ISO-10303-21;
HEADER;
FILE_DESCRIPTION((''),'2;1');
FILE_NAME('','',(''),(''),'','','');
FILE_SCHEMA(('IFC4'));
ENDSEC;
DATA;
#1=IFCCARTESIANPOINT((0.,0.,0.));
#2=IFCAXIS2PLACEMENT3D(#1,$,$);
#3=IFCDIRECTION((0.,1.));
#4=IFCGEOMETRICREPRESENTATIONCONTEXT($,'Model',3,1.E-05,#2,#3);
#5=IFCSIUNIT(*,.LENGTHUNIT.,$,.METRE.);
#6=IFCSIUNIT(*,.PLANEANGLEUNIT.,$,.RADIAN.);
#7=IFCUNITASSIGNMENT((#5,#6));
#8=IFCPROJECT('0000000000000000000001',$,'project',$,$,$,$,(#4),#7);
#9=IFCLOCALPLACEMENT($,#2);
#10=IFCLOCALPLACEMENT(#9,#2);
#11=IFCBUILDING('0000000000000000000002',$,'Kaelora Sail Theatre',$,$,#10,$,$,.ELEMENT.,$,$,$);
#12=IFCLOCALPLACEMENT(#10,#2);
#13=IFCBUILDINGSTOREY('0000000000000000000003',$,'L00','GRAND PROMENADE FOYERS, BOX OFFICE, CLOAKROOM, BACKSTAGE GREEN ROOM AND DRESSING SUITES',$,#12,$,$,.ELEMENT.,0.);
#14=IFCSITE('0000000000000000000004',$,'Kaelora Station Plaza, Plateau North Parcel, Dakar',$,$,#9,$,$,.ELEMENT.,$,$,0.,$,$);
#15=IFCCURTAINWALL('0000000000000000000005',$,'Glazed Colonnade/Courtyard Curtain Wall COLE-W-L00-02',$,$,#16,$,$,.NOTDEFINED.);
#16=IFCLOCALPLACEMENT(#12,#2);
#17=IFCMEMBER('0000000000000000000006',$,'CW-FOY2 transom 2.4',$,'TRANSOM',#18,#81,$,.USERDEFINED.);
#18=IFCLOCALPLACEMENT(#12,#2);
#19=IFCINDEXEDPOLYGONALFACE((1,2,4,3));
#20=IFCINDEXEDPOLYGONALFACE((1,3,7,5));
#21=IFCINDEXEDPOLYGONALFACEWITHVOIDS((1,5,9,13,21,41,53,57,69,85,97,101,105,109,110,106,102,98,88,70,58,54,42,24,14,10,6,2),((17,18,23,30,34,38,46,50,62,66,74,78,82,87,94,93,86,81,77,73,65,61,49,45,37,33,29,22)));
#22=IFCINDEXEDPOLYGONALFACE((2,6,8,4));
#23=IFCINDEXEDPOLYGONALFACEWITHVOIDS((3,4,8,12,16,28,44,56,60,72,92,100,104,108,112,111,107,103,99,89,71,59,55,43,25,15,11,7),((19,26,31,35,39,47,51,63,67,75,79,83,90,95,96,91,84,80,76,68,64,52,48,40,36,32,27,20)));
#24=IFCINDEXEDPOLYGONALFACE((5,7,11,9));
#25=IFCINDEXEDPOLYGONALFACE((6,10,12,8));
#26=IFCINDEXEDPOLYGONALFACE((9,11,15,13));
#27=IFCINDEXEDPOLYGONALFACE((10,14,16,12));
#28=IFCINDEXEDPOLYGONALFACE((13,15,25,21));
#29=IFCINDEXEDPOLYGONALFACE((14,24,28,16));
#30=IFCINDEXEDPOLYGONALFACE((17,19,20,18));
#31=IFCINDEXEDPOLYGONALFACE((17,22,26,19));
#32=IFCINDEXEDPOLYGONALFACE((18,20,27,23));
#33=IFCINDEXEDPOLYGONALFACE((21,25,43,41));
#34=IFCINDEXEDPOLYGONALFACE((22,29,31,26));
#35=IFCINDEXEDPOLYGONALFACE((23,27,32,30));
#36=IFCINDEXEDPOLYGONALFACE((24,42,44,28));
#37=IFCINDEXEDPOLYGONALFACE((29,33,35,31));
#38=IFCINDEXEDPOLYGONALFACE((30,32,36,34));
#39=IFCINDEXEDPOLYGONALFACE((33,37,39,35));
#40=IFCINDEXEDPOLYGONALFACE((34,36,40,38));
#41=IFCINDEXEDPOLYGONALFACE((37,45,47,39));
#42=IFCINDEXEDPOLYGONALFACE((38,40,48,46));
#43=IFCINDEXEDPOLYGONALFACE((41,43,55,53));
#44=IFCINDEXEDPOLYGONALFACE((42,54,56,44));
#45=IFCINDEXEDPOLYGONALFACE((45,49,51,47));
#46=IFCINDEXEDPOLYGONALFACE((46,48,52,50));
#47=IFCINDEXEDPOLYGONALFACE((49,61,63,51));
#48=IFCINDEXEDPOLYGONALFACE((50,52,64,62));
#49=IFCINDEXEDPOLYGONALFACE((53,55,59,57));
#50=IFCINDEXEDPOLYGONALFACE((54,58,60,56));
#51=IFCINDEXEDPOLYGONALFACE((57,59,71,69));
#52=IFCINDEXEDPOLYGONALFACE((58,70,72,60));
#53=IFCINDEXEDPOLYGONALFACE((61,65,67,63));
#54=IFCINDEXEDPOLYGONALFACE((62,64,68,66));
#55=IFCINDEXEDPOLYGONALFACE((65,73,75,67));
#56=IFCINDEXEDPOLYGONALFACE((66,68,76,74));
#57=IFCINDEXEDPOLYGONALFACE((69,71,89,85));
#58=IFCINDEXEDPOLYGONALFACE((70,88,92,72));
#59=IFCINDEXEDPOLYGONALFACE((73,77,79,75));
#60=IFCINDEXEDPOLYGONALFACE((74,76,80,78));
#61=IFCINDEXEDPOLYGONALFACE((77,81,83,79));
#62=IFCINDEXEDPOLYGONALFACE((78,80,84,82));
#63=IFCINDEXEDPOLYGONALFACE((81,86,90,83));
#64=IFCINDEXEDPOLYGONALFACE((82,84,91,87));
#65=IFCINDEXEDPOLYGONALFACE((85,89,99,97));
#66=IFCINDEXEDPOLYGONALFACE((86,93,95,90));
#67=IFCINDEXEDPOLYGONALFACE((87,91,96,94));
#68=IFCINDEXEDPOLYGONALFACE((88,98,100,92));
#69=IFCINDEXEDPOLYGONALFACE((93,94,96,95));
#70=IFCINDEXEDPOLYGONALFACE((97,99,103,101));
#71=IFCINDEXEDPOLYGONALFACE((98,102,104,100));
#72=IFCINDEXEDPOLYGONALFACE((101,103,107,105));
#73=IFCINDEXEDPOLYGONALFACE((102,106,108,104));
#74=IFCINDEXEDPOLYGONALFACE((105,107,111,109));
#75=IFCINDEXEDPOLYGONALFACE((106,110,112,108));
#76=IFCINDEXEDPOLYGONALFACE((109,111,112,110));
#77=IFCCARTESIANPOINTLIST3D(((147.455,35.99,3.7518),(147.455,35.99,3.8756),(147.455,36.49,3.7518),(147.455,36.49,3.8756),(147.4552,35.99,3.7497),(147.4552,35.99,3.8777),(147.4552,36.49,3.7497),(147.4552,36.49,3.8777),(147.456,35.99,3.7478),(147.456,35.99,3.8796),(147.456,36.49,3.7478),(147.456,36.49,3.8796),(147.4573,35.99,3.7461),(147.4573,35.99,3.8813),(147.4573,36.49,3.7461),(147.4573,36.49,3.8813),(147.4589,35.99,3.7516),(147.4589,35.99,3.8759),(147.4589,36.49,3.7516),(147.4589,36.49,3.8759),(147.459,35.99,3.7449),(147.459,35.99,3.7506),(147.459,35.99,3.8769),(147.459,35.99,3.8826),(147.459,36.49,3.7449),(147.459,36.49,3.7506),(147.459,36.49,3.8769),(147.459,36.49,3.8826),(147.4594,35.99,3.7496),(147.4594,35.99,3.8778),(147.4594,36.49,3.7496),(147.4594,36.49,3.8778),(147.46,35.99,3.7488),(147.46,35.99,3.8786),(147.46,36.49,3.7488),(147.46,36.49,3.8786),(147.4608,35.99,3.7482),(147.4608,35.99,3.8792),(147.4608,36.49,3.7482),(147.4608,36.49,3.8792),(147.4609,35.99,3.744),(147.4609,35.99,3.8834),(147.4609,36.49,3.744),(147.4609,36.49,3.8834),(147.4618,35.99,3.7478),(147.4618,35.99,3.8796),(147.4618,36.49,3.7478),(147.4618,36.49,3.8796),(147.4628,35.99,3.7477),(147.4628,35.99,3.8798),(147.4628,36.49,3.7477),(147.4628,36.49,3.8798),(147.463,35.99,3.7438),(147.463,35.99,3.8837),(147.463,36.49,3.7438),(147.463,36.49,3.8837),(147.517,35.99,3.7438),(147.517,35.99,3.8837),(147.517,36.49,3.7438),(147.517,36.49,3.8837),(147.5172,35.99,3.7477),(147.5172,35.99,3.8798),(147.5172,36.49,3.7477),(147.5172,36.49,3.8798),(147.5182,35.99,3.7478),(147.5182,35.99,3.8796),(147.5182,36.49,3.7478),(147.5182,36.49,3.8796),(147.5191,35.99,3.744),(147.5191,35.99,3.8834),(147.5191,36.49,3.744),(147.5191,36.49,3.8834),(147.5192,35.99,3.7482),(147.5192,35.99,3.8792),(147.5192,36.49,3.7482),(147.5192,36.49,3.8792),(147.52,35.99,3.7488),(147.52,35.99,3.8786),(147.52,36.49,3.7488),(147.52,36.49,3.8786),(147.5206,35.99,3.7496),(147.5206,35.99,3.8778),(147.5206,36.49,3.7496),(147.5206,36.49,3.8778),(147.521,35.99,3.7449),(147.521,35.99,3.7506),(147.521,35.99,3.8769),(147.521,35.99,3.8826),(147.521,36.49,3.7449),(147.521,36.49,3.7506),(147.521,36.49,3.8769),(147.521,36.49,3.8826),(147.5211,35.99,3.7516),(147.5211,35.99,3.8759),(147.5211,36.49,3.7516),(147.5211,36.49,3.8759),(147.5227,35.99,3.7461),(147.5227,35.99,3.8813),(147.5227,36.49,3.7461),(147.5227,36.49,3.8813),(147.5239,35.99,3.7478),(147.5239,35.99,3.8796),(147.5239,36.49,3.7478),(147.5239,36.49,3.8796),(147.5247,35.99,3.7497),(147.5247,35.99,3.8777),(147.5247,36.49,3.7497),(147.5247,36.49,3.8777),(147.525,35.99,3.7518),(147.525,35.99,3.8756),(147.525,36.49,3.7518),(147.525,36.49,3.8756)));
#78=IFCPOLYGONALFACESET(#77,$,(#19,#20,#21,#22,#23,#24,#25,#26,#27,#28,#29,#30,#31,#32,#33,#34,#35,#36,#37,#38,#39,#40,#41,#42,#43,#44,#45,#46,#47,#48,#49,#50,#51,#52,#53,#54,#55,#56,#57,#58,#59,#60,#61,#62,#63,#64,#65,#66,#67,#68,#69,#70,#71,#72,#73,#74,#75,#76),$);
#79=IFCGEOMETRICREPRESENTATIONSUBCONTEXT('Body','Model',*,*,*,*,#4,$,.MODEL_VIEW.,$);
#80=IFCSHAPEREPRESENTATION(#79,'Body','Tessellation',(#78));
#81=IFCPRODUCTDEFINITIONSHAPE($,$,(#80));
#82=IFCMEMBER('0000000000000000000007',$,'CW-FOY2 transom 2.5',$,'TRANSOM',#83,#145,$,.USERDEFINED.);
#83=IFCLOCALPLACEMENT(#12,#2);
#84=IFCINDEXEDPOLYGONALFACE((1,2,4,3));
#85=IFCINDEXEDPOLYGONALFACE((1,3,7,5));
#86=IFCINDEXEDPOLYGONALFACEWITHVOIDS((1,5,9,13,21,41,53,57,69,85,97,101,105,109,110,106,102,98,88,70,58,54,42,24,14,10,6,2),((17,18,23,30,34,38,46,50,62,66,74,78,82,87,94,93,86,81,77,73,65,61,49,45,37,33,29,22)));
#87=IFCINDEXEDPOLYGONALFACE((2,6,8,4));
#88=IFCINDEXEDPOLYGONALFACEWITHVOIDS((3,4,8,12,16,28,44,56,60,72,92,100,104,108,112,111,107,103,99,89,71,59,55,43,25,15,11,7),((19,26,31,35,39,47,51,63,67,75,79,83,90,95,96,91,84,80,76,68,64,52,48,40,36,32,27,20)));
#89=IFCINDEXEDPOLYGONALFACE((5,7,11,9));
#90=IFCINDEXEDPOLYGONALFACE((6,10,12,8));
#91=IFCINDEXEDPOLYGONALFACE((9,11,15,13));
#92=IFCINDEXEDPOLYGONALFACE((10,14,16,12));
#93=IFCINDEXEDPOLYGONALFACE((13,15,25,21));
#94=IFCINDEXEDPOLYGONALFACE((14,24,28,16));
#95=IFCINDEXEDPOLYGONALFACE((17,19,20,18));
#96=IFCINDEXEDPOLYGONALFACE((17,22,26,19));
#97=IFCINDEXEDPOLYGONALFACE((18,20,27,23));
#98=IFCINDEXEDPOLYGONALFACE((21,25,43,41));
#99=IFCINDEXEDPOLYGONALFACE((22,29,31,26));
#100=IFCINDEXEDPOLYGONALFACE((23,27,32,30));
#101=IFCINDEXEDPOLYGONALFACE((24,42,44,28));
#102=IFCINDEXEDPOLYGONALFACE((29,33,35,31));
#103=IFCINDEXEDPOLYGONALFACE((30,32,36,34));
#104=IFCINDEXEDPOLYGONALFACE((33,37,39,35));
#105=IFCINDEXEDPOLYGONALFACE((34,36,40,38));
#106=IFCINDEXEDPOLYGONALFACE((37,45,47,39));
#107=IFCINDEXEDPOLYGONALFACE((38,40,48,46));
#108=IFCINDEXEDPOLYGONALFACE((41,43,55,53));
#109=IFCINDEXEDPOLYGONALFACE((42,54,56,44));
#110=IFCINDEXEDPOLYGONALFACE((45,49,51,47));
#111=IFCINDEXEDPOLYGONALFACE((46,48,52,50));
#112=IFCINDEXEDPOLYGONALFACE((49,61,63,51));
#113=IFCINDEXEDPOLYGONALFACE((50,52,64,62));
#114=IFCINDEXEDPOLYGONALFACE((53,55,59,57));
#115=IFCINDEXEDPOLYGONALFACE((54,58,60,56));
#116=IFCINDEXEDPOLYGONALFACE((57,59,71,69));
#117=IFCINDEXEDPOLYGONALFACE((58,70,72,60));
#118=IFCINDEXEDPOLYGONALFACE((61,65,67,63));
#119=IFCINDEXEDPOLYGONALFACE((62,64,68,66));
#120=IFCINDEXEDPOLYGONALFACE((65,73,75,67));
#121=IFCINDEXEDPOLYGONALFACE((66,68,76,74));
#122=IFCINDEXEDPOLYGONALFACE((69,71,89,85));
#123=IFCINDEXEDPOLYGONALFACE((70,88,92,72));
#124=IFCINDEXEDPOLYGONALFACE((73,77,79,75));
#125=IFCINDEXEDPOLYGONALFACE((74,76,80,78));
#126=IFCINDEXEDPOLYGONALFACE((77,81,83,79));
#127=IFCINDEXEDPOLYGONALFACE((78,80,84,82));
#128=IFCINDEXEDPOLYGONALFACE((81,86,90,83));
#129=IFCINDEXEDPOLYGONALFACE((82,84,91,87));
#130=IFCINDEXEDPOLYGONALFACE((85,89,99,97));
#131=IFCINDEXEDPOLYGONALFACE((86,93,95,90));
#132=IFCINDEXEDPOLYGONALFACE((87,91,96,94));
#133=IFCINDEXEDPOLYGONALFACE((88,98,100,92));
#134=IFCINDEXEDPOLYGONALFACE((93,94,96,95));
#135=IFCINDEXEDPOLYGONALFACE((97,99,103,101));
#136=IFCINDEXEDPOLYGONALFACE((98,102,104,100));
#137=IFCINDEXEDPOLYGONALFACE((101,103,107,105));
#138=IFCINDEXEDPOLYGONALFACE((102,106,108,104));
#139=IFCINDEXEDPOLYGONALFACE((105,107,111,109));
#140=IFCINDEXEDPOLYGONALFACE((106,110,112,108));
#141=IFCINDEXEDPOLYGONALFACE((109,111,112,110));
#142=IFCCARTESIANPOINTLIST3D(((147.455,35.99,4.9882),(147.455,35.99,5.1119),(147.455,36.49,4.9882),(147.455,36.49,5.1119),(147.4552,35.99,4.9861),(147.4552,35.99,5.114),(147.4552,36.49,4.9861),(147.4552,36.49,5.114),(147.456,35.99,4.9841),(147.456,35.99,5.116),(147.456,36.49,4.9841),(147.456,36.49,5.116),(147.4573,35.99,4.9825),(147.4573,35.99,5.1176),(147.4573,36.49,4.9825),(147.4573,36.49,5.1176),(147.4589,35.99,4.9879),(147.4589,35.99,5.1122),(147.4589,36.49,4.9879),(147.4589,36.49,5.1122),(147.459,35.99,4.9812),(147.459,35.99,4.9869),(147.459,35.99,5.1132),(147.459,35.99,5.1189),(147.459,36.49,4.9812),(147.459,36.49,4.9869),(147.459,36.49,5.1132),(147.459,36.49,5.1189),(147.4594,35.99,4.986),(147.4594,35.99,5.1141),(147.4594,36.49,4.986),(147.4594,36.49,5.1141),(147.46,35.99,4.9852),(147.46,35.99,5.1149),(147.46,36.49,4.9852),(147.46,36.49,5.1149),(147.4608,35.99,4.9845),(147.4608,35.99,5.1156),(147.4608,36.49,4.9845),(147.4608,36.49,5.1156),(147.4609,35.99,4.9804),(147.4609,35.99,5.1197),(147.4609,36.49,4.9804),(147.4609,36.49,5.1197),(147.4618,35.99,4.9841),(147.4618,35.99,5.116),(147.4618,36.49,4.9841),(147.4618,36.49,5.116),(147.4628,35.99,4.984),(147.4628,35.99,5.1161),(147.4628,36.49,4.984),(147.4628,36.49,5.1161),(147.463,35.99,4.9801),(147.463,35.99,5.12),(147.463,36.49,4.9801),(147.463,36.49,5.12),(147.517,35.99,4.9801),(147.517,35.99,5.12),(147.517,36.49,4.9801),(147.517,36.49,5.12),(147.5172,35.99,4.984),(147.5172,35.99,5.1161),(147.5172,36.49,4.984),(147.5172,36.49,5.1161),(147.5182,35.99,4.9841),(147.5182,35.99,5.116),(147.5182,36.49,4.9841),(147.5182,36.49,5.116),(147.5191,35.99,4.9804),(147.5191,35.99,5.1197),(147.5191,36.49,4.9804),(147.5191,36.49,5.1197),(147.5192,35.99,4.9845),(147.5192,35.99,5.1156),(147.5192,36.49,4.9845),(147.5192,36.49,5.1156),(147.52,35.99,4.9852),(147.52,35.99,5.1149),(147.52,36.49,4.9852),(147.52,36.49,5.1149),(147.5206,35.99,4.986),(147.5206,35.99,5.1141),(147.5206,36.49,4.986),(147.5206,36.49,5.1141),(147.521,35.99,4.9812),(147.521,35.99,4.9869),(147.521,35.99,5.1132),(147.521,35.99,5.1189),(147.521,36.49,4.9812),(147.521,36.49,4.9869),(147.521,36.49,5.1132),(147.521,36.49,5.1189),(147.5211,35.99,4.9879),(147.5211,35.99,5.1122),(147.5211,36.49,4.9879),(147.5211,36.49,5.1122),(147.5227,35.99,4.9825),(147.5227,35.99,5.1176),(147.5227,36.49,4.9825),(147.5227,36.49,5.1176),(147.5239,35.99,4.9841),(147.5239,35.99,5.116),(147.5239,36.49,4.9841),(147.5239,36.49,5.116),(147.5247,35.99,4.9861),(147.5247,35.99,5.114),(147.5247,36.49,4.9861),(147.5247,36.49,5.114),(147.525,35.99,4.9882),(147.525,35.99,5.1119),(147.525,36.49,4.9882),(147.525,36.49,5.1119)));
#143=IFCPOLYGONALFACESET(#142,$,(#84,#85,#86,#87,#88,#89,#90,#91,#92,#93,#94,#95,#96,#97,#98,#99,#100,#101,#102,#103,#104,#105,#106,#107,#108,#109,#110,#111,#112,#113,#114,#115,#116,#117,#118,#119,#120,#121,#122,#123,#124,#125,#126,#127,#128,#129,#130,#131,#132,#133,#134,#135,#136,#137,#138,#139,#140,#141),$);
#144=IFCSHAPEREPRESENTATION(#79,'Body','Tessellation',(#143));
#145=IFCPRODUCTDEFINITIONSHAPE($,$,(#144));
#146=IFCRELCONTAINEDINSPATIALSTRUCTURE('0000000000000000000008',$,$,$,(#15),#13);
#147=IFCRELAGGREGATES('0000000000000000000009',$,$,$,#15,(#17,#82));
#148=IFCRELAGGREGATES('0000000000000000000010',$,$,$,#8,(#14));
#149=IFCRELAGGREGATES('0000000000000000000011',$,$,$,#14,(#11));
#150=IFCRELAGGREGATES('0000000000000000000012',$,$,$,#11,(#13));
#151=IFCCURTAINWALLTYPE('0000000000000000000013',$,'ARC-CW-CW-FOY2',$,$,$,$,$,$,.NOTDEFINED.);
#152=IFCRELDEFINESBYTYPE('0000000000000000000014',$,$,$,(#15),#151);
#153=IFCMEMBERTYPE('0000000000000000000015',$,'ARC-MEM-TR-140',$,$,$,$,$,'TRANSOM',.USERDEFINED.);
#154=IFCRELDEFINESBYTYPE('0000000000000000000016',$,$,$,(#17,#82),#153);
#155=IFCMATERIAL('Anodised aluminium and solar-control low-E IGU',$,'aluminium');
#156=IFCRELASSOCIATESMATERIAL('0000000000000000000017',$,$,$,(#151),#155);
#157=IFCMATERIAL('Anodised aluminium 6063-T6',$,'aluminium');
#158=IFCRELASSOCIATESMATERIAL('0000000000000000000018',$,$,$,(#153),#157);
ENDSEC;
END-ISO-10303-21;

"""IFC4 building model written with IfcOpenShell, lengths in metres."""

from ifc_helpers import new_model, si_unit, direction, frame, origin, origin_2d, place, context, subcontext, project, spatial, hollow_rectangle, extrude, material, material_profile, profile_set, type_object, element, aggregate, save


model = new_model("IFC4")

# Units and contexts
model_context = context("Model", 3, precision=1e-05, world=origin(), true_north=direction((0.0, 1.0)))
body_context = subcontext(model_context, "Body", "Model", "MODEL_VIEW")
ifc_project = project(units=[si_unit("LENGTHUNIT", "METRE"), si_unit("PLANEANGLEUNIT", "RADIAN")], contexts=[model_context])

# Site, building, storey
site_placement = place(None, origin())
site = spatial("IfcSite", under=ifc_project, at=site_placement, Name="Kaelora Station Plaza, Plateau North Parcel, Dakar", CompositionType="ELEMENT", RefElevation=0.0)
building_placement = place(site_placement, origin())
building = spatial("IfcBuilding", under=site, at=building_placement, Name="Kaelora Sail Theatre", CompositionType="ELEMENT")
storey_placement = place(building_placement, origin())
storey = spatial("IfcBuildingStorey", under=building, at=storey_placement, Name="L00", Description="GRAND PROMENADE FOYERS, BOX OFFICE, CLOAKROOM, BACKSTAGE GREEN ROOM AND DRESSING SUITES", CompositionType="ELEMENT", Elevation=0.0)

# Curtain wall, members
ifc_material_1 = material(Name="Anodised aluminium and solar-control low-E IGU", Category="aluminium")
curtain_wall_type = type_object("IfcCurtainWallType", Name="ARC-CW-CW-FOY2", PredefinedType="NOTDEFINED", material=ifc_material_1)
curtain_wall_placement = place(storey_placement, origin())
curtain_wall = element("IfcCurtainWall", 1, at=curtain_wall_placement, inside=storey, type_object=curtain_wall_type, Name="Glazed Colonnade/Courtyard Curtain Wall COLE-W-L00-02", PredefinedType="NOTDEFINED")
ifc_material_2 = material(Name="Anodised aluminium 6063-T6", Category="aluminium")
ifc_material_profile_1 = material_profile(ifc_material_2, hollow_rectangle(XDim=0.0701, YDim=0.1399, WallThickness=0.0039, InnerFilletRadius=0.0039, OuterFilletRadius=0.0081, at=origin_2d()), Name="ALU-TRAN 70x140x4")
ifc_profile_set_1 = profile_set([ifc_material_profile_1], Name="Anodised aluminium 6063-T6")
member_type_1 = type_object("IfcMemberType", Name="ARC-MEM-TR-140", ElementType="TRANSOM", PredefinedType="USERDEFINED", material=ifc_profile_set_1)
member_1_placement = place(storey_placement, frame((147.49, 35.99, 3.8137), z_axis=(0.0, 1.0, 0.0), x_axis=(-1.0, 0.0, 0.0)))
member_1 = element("IfcMember", 2, at=member_1_placement, type_object=member_type_1, Name="CW-FOY2 transom 2.4", ObjectType="TRANSOM", PredefinedType="USERDEFINED", context=body_context, shape_type="SweptSolid", body=[
    extrude(hollow_rectangle(XDim=0.0701, YDim=0.1399, WallThickness=0.0039, InnerFilletRadius=0.0039, OuterFilletRadius=0.0081, at=origin_2d()), origin(), (0.0, 0.0, 1.0), 0.5),
])
member_2_placement = place(storey_placement, frame((147.49, 35.99, 5.05), z_axis=(0.0, 1.0, 0.0), x_axis=(-1.0, 0.0, 0.0)))
member_2 = element("IfcMember", 3, at=member_2_placement, type_object=member_type_1, Name="CW-FOY2 transom 2.5", ObjectType="TRANSOM", PredefinedType="USERDEFINED", context=body_context, shape_type="SweptSolid", body=[
    extrude(hollow_rectangle(XDim=0.0701, YDim=0.1399, WallThickness=0.0039, InnerFilletRadius=0.0039, OuterFilletRadius=0.0081, at=origin_2d()), origin(), (0.0, 0.0, 1.0), 0.5),
])
aggregate(curtain_wall, [member_1, member_2])

save(model, "model.ifc")
